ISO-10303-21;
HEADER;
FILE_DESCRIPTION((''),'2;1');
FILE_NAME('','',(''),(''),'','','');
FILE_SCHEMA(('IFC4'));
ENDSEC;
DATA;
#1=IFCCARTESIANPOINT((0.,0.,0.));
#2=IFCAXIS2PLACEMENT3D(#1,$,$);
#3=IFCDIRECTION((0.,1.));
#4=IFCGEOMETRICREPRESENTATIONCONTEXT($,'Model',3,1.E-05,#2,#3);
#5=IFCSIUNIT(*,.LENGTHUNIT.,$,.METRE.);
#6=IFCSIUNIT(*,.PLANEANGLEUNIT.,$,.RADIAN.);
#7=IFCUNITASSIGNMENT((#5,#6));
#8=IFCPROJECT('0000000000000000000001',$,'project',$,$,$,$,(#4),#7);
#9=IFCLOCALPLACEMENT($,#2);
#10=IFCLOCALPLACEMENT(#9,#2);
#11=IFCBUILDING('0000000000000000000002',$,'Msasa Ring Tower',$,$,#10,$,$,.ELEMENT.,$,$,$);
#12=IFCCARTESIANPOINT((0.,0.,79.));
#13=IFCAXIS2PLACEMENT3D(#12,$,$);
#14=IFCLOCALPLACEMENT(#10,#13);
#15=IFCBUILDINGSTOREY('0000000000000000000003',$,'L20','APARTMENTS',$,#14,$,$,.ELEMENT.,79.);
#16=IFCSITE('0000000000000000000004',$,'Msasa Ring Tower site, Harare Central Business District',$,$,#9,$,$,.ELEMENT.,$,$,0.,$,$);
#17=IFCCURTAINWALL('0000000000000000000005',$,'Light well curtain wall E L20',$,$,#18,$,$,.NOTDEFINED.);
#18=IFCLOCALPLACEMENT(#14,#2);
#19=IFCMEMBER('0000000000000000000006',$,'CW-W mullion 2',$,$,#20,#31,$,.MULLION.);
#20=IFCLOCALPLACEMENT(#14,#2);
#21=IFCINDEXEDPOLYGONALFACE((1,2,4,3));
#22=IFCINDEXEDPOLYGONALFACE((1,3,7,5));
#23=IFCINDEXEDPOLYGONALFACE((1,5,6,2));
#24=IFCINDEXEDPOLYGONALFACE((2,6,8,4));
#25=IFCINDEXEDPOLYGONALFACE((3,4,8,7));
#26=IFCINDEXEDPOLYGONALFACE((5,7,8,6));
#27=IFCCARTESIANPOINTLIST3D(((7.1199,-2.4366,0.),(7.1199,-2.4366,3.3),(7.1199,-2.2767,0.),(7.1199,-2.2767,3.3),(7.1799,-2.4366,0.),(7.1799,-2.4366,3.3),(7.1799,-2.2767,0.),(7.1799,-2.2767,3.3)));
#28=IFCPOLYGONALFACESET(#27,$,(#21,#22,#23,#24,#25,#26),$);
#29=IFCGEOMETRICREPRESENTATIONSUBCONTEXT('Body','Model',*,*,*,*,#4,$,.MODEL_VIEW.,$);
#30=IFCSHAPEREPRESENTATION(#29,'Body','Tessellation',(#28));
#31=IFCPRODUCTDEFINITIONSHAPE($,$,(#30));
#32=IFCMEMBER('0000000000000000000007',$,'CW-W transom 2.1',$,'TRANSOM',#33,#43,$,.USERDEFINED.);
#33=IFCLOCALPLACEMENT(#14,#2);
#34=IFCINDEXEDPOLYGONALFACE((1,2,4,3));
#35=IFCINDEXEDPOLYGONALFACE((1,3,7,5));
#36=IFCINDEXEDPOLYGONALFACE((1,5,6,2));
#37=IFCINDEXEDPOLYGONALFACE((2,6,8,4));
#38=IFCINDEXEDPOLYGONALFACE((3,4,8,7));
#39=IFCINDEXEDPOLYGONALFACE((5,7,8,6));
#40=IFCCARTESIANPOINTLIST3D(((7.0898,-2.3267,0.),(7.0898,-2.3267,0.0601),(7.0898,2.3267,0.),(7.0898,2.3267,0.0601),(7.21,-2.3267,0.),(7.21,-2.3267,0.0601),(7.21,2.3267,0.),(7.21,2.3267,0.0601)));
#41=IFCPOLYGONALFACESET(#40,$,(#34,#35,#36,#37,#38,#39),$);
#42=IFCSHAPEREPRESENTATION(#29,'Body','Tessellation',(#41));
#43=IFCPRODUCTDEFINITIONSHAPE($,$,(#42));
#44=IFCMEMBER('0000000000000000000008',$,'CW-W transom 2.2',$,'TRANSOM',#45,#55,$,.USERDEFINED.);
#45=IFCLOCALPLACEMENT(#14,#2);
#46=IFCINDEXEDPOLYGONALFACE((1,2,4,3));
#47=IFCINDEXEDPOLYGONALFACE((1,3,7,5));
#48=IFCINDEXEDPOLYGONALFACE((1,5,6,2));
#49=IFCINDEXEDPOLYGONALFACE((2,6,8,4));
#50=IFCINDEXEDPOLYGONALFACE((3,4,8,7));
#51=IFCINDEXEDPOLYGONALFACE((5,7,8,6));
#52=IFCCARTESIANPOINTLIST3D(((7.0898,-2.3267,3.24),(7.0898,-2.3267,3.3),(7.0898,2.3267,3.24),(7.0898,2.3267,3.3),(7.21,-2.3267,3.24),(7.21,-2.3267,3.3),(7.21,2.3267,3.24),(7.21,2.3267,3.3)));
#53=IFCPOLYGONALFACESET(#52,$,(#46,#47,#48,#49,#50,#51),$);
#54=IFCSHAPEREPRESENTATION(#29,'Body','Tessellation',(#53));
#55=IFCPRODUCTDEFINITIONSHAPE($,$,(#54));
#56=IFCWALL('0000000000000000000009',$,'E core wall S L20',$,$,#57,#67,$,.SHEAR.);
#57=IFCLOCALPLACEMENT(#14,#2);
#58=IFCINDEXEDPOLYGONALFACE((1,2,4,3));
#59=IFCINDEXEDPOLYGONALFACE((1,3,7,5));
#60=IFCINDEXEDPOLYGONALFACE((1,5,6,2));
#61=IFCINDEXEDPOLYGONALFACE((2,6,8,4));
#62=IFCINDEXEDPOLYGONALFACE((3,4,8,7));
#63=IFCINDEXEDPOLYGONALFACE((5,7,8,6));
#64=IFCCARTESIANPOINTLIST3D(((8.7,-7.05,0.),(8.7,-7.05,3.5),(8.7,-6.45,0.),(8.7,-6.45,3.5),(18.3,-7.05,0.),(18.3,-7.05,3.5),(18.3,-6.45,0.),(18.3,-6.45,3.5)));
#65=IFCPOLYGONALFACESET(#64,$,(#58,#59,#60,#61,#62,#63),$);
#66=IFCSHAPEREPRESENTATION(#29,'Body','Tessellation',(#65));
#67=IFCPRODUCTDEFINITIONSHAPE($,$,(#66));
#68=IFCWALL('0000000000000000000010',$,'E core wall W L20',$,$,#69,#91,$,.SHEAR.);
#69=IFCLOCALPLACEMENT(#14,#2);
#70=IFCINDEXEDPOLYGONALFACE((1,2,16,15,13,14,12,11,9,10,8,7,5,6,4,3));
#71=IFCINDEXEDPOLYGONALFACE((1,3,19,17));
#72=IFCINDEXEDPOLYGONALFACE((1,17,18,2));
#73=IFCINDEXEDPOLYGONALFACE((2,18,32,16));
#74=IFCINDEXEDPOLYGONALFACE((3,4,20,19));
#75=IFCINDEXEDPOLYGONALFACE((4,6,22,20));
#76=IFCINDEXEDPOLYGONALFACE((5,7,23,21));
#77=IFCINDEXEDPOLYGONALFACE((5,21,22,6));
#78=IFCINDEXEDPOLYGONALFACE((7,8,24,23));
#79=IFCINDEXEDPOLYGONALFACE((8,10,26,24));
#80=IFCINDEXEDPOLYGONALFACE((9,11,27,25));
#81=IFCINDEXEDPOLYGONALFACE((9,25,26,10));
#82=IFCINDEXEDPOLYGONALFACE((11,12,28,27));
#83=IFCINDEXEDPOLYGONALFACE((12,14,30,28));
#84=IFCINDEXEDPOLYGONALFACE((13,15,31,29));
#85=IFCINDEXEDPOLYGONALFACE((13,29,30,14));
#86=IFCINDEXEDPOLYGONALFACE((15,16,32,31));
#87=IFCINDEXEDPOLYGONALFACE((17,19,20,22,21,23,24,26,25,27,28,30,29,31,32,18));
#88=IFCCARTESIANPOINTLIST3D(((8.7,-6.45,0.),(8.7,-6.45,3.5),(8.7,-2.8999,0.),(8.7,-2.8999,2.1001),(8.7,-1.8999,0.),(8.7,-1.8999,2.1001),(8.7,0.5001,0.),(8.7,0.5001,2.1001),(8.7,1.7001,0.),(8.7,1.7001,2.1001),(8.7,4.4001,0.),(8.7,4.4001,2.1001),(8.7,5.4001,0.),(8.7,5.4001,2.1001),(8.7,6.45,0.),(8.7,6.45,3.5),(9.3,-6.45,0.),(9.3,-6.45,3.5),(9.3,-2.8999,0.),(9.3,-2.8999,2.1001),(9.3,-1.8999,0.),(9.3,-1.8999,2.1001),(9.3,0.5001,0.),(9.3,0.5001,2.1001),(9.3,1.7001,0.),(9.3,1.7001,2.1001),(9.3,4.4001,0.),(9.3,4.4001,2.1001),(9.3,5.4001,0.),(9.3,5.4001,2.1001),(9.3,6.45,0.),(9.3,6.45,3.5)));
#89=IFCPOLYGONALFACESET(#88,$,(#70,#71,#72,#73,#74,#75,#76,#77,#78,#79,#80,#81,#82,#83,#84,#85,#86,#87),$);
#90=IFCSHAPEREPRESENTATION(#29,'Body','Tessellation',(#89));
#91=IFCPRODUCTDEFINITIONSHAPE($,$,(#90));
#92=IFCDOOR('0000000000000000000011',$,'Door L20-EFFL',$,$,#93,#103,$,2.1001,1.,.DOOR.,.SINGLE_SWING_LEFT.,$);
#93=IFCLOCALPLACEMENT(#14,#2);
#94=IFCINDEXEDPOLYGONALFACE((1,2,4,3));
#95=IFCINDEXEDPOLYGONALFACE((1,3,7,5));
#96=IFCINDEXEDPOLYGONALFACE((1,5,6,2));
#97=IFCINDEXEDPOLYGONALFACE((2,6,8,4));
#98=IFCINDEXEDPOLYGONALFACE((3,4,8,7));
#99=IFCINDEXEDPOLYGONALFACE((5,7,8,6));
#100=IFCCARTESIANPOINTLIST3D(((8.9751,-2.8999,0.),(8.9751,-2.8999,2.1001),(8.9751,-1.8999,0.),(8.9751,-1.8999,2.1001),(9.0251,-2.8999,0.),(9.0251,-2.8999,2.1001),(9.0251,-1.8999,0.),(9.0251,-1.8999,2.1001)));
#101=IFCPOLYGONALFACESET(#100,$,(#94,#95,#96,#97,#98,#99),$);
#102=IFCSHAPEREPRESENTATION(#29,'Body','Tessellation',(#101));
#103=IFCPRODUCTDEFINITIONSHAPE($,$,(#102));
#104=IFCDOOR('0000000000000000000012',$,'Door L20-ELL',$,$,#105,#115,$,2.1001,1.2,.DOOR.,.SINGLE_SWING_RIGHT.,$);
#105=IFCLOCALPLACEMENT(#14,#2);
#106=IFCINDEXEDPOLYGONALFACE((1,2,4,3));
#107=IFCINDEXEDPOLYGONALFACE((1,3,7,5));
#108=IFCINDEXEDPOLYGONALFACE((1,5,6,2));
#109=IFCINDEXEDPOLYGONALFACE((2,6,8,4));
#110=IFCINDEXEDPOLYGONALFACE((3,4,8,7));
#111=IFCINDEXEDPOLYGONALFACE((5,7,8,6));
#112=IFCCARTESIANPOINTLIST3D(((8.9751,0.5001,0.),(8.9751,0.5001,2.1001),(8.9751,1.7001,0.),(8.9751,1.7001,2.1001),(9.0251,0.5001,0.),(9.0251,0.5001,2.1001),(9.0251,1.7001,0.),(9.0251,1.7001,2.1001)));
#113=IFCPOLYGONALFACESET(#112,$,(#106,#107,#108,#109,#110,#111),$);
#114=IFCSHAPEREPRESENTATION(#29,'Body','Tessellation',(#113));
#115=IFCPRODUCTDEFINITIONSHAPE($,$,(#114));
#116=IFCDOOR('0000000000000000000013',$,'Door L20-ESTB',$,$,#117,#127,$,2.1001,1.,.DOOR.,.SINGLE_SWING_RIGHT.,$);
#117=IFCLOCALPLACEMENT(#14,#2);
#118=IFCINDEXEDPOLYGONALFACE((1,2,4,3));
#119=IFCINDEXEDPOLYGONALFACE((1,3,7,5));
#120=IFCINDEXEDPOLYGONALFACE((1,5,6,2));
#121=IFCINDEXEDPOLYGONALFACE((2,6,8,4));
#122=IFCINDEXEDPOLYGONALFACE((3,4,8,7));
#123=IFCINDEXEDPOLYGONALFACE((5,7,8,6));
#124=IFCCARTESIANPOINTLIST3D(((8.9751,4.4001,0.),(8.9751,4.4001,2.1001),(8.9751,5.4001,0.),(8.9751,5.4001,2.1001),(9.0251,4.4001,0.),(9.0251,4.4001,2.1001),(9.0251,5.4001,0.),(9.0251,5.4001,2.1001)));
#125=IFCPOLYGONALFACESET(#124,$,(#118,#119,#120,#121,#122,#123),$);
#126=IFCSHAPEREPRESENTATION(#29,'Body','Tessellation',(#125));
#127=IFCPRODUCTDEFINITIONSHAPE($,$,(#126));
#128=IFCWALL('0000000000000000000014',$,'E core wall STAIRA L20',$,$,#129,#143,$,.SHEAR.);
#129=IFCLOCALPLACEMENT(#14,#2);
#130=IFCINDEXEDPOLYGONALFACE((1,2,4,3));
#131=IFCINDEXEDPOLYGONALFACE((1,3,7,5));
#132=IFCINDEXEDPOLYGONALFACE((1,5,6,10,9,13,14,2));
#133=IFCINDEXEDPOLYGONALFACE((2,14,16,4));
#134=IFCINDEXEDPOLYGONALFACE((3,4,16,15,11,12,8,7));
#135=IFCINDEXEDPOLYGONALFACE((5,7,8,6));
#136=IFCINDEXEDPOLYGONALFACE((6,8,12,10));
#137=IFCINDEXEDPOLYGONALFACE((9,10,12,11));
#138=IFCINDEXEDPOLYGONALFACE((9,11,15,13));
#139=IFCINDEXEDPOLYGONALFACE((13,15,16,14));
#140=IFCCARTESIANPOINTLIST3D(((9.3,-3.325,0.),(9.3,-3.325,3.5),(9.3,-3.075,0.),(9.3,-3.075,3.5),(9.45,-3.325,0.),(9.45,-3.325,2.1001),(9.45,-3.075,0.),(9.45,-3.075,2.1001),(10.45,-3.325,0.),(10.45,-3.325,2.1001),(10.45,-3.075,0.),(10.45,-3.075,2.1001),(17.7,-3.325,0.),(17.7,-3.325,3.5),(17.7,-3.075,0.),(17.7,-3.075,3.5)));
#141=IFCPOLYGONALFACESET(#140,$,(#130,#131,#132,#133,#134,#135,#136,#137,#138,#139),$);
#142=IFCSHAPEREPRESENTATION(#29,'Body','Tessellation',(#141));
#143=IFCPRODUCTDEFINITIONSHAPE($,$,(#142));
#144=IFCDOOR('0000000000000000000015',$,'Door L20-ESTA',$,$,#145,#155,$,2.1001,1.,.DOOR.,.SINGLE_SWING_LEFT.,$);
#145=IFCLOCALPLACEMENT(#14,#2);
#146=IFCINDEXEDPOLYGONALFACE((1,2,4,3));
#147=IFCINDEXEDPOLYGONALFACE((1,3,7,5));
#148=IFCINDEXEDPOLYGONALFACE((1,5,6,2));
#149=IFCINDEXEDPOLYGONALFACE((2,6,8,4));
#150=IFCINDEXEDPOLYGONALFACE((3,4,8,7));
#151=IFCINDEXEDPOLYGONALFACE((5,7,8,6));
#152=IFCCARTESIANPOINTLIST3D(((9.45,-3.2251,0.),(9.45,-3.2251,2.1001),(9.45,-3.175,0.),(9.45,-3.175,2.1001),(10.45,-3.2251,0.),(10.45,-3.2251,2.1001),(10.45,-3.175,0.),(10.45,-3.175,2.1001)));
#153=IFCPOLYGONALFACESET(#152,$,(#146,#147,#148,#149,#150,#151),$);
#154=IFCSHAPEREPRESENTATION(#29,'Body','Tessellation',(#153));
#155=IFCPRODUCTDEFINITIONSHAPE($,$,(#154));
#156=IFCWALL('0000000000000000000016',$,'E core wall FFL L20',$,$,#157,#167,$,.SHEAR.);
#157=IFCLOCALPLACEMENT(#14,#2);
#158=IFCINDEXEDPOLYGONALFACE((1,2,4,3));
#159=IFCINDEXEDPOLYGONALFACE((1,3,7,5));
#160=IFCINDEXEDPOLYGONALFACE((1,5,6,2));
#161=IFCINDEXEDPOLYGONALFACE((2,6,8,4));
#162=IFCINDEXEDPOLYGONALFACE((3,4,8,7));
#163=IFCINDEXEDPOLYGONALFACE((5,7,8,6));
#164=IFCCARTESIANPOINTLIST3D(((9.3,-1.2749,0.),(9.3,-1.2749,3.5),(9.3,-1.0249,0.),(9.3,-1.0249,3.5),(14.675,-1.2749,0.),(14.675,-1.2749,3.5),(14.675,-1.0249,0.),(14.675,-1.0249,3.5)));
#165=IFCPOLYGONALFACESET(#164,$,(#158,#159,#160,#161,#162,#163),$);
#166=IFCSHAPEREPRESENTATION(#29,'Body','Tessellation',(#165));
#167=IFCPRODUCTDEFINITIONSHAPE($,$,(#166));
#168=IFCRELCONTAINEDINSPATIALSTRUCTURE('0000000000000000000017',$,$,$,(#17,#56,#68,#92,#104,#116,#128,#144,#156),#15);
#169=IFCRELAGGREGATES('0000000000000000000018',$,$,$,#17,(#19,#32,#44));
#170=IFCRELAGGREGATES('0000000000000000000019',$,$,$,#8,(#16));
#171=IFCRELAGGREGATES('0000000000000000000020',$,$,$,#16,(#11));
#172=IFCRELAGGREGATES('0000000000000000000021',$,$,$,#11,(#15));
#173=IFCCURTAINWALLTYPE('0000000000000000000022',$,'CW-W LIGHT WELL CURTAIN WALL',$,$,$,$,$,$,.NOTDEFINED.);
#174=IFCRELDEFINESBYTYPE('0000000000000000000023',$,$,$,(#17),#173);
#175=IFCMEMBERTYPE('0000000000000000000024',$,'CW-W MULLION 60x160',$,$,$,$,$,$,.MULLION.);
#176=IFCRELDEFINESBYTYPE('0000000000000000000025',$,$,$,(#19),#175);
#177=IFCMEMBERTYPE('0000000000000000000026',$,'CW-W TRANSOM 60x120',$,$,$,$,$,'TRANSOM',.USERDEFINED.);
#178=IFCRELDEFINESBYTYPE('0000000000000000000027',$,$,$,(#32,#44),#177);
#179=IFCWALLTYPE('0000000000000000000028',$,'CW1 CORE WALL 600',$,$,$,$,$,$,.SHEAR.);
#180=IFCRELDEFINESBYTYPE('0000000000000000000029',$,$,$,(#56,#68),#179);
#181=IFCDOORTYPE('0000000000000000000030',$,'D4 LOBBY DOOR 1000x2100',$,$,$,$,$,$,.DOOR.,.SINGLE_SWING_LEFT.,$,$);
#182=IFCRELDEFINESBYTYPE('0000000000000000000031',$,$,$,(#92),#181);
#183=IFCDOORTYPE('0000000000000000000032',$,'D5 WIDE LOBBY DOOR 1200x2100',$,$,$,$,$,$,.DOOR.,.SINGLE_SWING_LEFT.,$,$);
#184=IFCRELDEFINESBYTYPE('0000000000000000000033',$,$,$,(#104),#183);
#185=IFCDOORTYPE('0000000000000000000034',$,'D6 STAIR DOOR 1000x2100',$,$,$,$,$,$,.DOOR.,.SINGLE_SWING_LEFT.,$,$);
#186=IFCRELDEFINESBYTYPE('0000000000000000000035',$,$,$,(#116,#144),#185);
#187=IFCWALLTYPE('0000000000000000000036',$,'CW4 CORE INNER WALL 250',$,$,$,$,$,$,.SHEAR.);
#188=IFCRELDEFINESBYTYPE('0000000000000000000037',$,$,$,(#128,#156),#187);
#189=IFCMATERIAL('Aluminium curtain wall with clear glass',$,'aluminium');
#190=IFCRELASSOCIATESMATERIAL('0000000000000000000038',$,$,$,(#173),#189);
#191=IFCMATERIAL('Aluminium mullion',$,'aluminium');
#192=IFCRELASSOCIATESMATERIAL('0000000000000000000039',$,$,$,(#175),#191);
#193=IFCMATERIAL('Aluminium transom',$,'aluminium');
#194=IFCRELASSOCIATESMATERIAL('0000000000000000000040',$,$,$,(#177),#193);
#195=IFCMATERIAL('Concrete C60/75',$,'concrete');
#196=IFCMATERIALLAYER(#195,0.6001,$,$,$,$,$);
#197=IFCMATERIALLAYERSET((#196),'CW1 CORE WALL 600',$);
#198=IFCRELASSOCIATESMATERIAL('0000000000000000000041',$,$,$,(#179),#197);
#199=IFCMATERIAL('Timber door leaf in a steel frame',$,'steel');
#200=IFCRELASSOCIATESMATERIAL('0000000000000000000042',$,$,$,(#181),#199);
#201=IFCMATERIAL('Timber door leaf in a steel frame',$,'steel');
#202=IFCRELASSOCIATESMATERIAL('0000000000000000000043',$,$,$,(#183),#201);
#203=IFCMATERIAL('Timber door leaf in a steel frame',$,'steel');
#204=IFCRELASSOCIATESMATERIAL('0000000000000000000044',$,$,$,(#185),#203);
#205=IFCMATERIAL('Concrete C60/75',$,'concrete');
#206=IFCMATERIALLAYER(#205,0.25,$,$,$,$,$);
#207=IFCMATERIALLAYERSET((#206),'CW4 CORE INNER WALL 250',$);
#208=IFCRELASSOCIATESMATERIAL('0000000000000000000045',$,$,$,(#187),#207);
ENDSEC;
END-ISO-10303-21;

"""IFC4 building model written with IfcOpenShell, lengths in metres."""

from ifc_helpers import new_model, si_unit, direction, frame, frame_2d, origin, origin_2d, place, context, subcontext, project, spatial, rectangle, extrude, material, layer, layer_set, material_profile, profile_set, type_object, element, fill, aggregate, save


model = new_model("IFC4")

# Units and contexts
model_context = context("Model", 3, precision=1e-05, world=origin(), true_north=direction((0.0, 1.0)))
body_context = subcontext(model_context, "Body", "Model", "MODEL_VIEW")
ifc_project = project(units=[si_unit("LENGTHUNIT", "METRE"), si_unit("PLANEANGLEUNIT", "RADIAN")], contexts=[model_context])

# Site, building, storey
site_placement = place(None, origin())
site = spatial("IfcSite", under=ifc_project, at=site_placement, Name="Msasa Ring Tower site, Harare Central Business District", CompositionType="ELEMENT", RefElevation=0.0)
building_placement = place(site_placement, origin())
building = spatial("IfcBuilding", under=site, at=building_placement, Name="Msasa Ring Tower", CompositionType="ELEMENT")
storey_placement = place(building_placement, frame((0.0, 0.0, 79.0)))
storey = spatial("IfcBuildingStorey", under=building, at=storey_placement, Name="L20", Description="APARTMENTS", CompositionType="ELEMENT", Elevation=79.0)

# Curtain wall, members
ifc_material_1 = material(Name="Aluminium curtain wall with clear glass", Category="aluminium")
curtain_wall_type = type_object("IfcCurtainWallType", Name="CW-W LIGHT WELL CURTAIN WALL", PredefinedType="NOTDEFINED", material=ifc_material_1)
curtain_wall_placement = place(storey_placement, origin())
curtain_wall = element("IfcCurtainWall", 1, at=curtain_wall_placement, inside=storey, type_object=curtain_wall_type, Name="Light well curtain wall E L20", PredefinedType="NOTDEFINED")
ifc_material_2 = material(Name="Aluminium mullion", Category="aluminium")
ifc_material_profile_1 = material_profile(ifc_material_2, rectangle(XDim=0.0601, YDim=0.1599, at=origin_2d()), Name="AL 60x160")
ifc_profile_set_1 = profile_set([ifc_material_profile_1], Name="Aluminium mullion")
member_type_1 = type_object("IfcMemberType", Name="CW-W MULLION 60x160", PredefinedType="MULLION", material=ifc_profile_set_1)
member_1_placement = place(storey_placement, frame((7.1499, -2.3567, 0.0), z_axis=(0.0, 0.0, 1.0), x_axis=(-1.0, 0.0, 0.0)))
member_1 = element("IfcMember", 2, at=member_1_placement, type_object=member_type_1, Name="CW-W mullion 2", PredefinedType="MULLION", context=body_context, shape_type="SweptSolid", body=[
    extrude(rectangle(XDim=0.0601, YDim=0.1599, at=origin_2d()), origin(), (0.0, 0.0, 1.0), 3.3),
])
ifc_material_3 = material(Name="Aluminium transom", Category="aluminium")
ifc_material_profile_2 = material_profile(ifc_material_3, rectangle(XDim=0.1201, YDim=0.0601, at=origin_2d()), Name="AL 60x120")
ifc_profile_set_2 = profile_set([ifc_material_profile_2], Name="Aluminium transom")
member_type_2 = type_object("IfcMemberType", Name="CW-W TRANSOM 60x120", ElementType="TRANSOM", PredefinedType="USERDEFINED", material=ifc_profile_set_2)
member_2_placement = place(storey_placement, frame((7.1499, -2.3267, 0.03), z_axis=(0.0, 1.0, 0.0), x_axis=(-1.0, 0.0, 0.0)))
member_2 = element("IfcMember", 3, at=member_2_placement, type_object=member_type_2, Name="CW-W transom 2.1", ObjectType="TRANSOM", PredefinedType="USERDEFINED", context=body_context, shape_type="SweptSolid", body=[
    extrude(rectangle(XDim=0.1201, YDim=0.0601, at=origin_2d()), origin(), (0.0, 0.0, 1.0), 4.6533),
])
member_3_placement = place(storey_placement, frame((7.1499, -2.3267, 3.27), z_axis=(0.0, 1.0, 0.0), x_axis=(-1.0, 0.0, 0.0)))
member_3 = element("IfcMember", 4, at=member_3_placement, type_object=member_type_2, Name="CW-W transom 2.2", ObjectType="TRANSOM", PredefinedType="USERDEFINED", context=body_context, shape_type="SweptSolid", body=[
    extrude(rectangle(XDim=0.1201, YDim=0.0601, at=origin_2d()), origin(), (0.0, 0.0, 1.0), 4.6533),
])
aggregate(curtain_wall, [member_1, member_2, member_3])

# Wall
ifc_material_4 = material(Name="Concrete C60/75", Category="concrete")
ifc_layer_1 = layer(ifc_material_4, 0.6001)
ifc_layer_set_1 = layer_set([ifc_layer_1], Name="CW1 CORE WALL 600")
wall_type_1 = type_object("IfcWallType", Name="CW1 CORE WALL 600", PredefinedType="SHEAR", material=ifc_layer_set_1)
wall_1_placement = place(storey_placement, frame((8.7, -6.75, 0.0), z_axis=(0.0, 0.0, 1.0), x_axis=(1.0, 0.0, 0.0)))
element("IfcWall", 5, at=wall_1_placement, inside=storey, type_object=wall_type_1, Name="E core wall S L20", PredefinedType="SHEAR", context=body_context, shape_type="SweptSolid", body=[
    extrude(rectangle(XDim=9.6001, YDim=0.6001, at=frame_2d((4.8, 0.0))), origin(), (0.0, 0.0, 1.0), 3.5),
])

# Wall, openings, doors
wall_2_placement = place(storey_placement, frame((9.0, -6.45, 0.0), z_axis=(0.0, 0.0, 1.0), x_axis=(0.0, 1.0, 0.0)))
wall_2 = element("IfcWall", 6, at=wall_2_placement, inside=storey, type_object=wall_type_1, Name="E core wall W L20", PredefinedType="SHEAR", context=body_context, shape_type="SweptSolid", body=[
    extrude(rectangle(XDim=12.8999, YDim=0.6001, at=frame_2d((6.45, 0.0))), origin(), (0.0, 0.0, 1.0), 3.5),
])
opening_1_placement = place(wall_2_placement, frame((3.55, 0.0, 0.0)))
opening_1 = element("IfcOpeningElement", 7, at=opening_1_placement, cuts=wall_2, PredefinedType="OPENING", context=body_context, shape_type="SweptSolid", body=[
    extrude(rectangle(XDim=1.0, YDim=2.1001, at=frame_2d((0.5, 1.05))), frame((0.0, 0.3101, 0.0), z_axis=(0.0, -1.0, 0.0), x_axis=(1.0, 0.0, 0.0)), (0.0, 0.0, 1.0), 0.6201),
])
opening_2_placement = place(wall_2_placement, frame((6.95, 0.0, 0.0)))
opening_2 = element("IfcOpeningElement", 8, at=opening_2_placement, cuts=wall_2, PredefinedType="OPENING", context=body_context, shape_type="SweptSolid", body=[
    extrude(rectangle(XDim=1.2, YDim=2.1001, at=frame_2d((0.6001, 1.05))), frame((0.0, 0.3101, 0.0), z_axis=(0.0, -1.0, 0.0), x_axis=(1.0, 0.0, 0.0)), (0.0, 0.0, 1.0), 0.6201),
])
opening_3_placement = place(wall_2_placement, frame((10.8501, 0.0, 0.0)))
opening_3 = element("IfcOpeningElement", 9, at=opening_3_placement, cuts=wall_2, PredefinedType="OPENING", context=body_context, shape_type="SweptSolid", body=[
    extrude(rectangle(XDim=1.0, YDim=2.1001, at=frame_2d((0.5, 1.05))), frame((0.0, 0.3101, 0.0), z_axis=(0.0, -1.0, 0.0), x_axis=(1.0, 0.0, 0.0)), (0.0, 0.0, 1.0), 0.6201),
])
ifc_material_5 = material(Name="Timber door leaf in a steel frame", Category="steel")
door_type_1 = type_object("IfcDoorType", Name="D4 LOBBY DOOR 1000x2100", OperationType="SINGLE_SWING_LEFT", PredefinedType="DOOR", material=ifc_material_5)
door_1_placement = place(opening_1_placement, origin())
door_1 = element("IfcDoor", 10, at=door_1_placement, inside=storey, type_object=door_type_1, Name="Door L20-EFFL", OperationType="SINGLE_SWING_LEFT", OverallHeight=2.1001, OverallWidth=1.0, PredefinedType="DOOR", context=body_context, shape_type="SweptSolid", body=[
    extrude(rectangle(XDim=1.0, YDim=2.1001, at=frame_2d((0.5, 1.05))), frame((0.0, 0.0249, 0.0), z_axis=(0.0, -1.0, 0.0), x_axis=(1.0, 0.0, 0.0)), (0.0, 0.0, 1.0), 0.05),
])
fill(opening_1, door_1)
ifc_material_6 = material(Name="Timber door leaf in a steel frame", Category="steel")
door_type_2 = type_object("IfcDoorType", Name="D5 WIDE LOBBY DOOR 1200x2100", OperationType="SINGLE_SWING_LEFT", PredefinedType="DOOR", material=ifc_material_6)
door_2_placement = place(opening_2_placement, origin())
door_2 = element("IfcDoor", 11, at=door_2_placement, inside=storey, type_object=door_type_2, Name="Door L20-ELL", OperationType="SINGLE_SWING_RIGHT", OverallHeight=2.1001, OverallWidth=1.2, PredefinedType="DOOR", context=body_context, shape_type="SweptSolid", body=[
    extrude(rectangle(XDim=1.2, YDim=2.1001, at=frame_2d((0.6001, 1.05))), frame((0.0, 0.0249, 0.0), z_axis=(0.0, -1.0, 0.0), x_axis=(1.0, 0.0, 0.0)), (0.0, 0.0, 1.0), 0.05),
])
fill(opening_2, door_2)
ifc_material_7 = material(Name="Timber door leaf in a steel frame", Category="steel")
door_type_3 = type_object("IfcDoorType", Name="D6 STAIR DOOR 1000x2100", OperationType="SINGLE_SWING_LEFT", PredefinedType="DOOR", material=ifc_material_7)
door_3_placement = place(opening_3_placement, origin())
door_3 = element("IfcDoor", 12, at=door_3_placement, inside=storey, type_object=door_type_3, Name="Door L20-ESTB", OperationType="SINGLE_SWING_RIGHT", OverallHeight=2.1001, OverallWidth=1.0, PredefinedType="DOOR", context=body_context, shape_type="SweptSolid", body=[
    extrude(rectangle(XDim=1.0, YDim=2.1001, at=frame_2d((0.5, 1.05))), frame((0.0, 0.0249, 0.0), z_axis=(0.0, -1.0, 0.0), x_axis=(1.0, 0.0, 0.0)), (0.0, 0.0, 1.0), 0.05),
])
fill(opening_3, door_3)

# Wall, opening, door
ifc_material_8 = material(Name="Concrete C60/75", Category="concrete")
ifc_layer_2 = layer(ifc_material_8, 0.25)
ifc_layer_set_2 = layer_set([ifc_layer_2], Name="CW4 CORE INNER WALL 250")
wall_type_2 = type_object("IfcWallType", Name="CW4 CORE INNER WALL 250", PredefinedType="SHEAR", material=ifc_layer_set_2)
wall_3_placement = place(storey_placement, frame((9.3, -3.2, 0.0), z_axis=(0.0, 0.0, 1.0), x_axis=(1.0, 0.0, 0.0)))
wall_3 = element("IfcWall", 13, at=wall_3_placement, inside=storey, type_object=wall_type_2, Name="E core wall STAIRA L20", PredefinedType="SHEAR", context=body_context, shape_type="SweptSolid", body=[
    extrude(rectangle(XDim=8.3999, YDim=0.25, at=frame_2d((4.2, 0.0))), origin(), (0.0, 0.0, 1.0), 3.5),
])
opening_4_placement = place(wall_3_placement, frame((0.1499, 0.0, 0.0)))
opening_4 = element("IfcOpeningElement", 14, at=opening_4_placement, cuts=wall_3, PredefinedType="OPENING", context=body_context, shape_type="SweptSolid", body=[
    extrude(rectangle(XDim=1.0, YDim=2.1001, at=frame_2d((0.5, 1.05))), frame((0.0, 0.135, 0.0), z_axis=(0.0, -1.0, 0.0), x_axis=(1.0, 0.0, 0.0)), (0.0, 0.0, 1.0), 0.27),
])
door_4_placement = place(opening_4_placement, origin())
door_4 = element("IfcDoor", 15, at=door_4_placement, inside=storey, type_object=door_type_3, Name="Door L20-ESTA", OperationType="SINGLE_SWING_LEFT", OverallHeight=2.1001, OverallWidth=1.0, PredefinedType="DOOR", context=body_context, shape_type="SweptSolid", body=[
    extrude(rectangle(XDim=1.0, YDim=2.1001, at=frame_2d((0.5, 1.05))), frame((0.0, 0.0249, 0.0), z_axis=(0.0, -1.0, 0.0), x_axis=(1.0, 0.0, 0.0)), (0.0, 0.0, 1.0), 0.05),
])
fill(opening_4, door_4)

# Wall
wall_4_placement = place(storey_placement, frame((9.3, -1.1499, 0.0), z_axis=(0.0, 0.0, 1.0), x_axis=(1.0, 0.0, 0.0)))
element("IfcWall", 16, at=wall_4_placement, inside=storey, type_object=wall_type_2, Name="E core wall FFL L20", PredefinedType="SHEAR", context=body_context, shape_type="SweptSolid", body=[
    extrude(rectangle(XDim=5.375, YDim=0.25, at=frame_2d((2.6875, 0.0))), origin(), (0.0, 0.0, 1.0), 3.5),
])

save(model, "model.ifc")
